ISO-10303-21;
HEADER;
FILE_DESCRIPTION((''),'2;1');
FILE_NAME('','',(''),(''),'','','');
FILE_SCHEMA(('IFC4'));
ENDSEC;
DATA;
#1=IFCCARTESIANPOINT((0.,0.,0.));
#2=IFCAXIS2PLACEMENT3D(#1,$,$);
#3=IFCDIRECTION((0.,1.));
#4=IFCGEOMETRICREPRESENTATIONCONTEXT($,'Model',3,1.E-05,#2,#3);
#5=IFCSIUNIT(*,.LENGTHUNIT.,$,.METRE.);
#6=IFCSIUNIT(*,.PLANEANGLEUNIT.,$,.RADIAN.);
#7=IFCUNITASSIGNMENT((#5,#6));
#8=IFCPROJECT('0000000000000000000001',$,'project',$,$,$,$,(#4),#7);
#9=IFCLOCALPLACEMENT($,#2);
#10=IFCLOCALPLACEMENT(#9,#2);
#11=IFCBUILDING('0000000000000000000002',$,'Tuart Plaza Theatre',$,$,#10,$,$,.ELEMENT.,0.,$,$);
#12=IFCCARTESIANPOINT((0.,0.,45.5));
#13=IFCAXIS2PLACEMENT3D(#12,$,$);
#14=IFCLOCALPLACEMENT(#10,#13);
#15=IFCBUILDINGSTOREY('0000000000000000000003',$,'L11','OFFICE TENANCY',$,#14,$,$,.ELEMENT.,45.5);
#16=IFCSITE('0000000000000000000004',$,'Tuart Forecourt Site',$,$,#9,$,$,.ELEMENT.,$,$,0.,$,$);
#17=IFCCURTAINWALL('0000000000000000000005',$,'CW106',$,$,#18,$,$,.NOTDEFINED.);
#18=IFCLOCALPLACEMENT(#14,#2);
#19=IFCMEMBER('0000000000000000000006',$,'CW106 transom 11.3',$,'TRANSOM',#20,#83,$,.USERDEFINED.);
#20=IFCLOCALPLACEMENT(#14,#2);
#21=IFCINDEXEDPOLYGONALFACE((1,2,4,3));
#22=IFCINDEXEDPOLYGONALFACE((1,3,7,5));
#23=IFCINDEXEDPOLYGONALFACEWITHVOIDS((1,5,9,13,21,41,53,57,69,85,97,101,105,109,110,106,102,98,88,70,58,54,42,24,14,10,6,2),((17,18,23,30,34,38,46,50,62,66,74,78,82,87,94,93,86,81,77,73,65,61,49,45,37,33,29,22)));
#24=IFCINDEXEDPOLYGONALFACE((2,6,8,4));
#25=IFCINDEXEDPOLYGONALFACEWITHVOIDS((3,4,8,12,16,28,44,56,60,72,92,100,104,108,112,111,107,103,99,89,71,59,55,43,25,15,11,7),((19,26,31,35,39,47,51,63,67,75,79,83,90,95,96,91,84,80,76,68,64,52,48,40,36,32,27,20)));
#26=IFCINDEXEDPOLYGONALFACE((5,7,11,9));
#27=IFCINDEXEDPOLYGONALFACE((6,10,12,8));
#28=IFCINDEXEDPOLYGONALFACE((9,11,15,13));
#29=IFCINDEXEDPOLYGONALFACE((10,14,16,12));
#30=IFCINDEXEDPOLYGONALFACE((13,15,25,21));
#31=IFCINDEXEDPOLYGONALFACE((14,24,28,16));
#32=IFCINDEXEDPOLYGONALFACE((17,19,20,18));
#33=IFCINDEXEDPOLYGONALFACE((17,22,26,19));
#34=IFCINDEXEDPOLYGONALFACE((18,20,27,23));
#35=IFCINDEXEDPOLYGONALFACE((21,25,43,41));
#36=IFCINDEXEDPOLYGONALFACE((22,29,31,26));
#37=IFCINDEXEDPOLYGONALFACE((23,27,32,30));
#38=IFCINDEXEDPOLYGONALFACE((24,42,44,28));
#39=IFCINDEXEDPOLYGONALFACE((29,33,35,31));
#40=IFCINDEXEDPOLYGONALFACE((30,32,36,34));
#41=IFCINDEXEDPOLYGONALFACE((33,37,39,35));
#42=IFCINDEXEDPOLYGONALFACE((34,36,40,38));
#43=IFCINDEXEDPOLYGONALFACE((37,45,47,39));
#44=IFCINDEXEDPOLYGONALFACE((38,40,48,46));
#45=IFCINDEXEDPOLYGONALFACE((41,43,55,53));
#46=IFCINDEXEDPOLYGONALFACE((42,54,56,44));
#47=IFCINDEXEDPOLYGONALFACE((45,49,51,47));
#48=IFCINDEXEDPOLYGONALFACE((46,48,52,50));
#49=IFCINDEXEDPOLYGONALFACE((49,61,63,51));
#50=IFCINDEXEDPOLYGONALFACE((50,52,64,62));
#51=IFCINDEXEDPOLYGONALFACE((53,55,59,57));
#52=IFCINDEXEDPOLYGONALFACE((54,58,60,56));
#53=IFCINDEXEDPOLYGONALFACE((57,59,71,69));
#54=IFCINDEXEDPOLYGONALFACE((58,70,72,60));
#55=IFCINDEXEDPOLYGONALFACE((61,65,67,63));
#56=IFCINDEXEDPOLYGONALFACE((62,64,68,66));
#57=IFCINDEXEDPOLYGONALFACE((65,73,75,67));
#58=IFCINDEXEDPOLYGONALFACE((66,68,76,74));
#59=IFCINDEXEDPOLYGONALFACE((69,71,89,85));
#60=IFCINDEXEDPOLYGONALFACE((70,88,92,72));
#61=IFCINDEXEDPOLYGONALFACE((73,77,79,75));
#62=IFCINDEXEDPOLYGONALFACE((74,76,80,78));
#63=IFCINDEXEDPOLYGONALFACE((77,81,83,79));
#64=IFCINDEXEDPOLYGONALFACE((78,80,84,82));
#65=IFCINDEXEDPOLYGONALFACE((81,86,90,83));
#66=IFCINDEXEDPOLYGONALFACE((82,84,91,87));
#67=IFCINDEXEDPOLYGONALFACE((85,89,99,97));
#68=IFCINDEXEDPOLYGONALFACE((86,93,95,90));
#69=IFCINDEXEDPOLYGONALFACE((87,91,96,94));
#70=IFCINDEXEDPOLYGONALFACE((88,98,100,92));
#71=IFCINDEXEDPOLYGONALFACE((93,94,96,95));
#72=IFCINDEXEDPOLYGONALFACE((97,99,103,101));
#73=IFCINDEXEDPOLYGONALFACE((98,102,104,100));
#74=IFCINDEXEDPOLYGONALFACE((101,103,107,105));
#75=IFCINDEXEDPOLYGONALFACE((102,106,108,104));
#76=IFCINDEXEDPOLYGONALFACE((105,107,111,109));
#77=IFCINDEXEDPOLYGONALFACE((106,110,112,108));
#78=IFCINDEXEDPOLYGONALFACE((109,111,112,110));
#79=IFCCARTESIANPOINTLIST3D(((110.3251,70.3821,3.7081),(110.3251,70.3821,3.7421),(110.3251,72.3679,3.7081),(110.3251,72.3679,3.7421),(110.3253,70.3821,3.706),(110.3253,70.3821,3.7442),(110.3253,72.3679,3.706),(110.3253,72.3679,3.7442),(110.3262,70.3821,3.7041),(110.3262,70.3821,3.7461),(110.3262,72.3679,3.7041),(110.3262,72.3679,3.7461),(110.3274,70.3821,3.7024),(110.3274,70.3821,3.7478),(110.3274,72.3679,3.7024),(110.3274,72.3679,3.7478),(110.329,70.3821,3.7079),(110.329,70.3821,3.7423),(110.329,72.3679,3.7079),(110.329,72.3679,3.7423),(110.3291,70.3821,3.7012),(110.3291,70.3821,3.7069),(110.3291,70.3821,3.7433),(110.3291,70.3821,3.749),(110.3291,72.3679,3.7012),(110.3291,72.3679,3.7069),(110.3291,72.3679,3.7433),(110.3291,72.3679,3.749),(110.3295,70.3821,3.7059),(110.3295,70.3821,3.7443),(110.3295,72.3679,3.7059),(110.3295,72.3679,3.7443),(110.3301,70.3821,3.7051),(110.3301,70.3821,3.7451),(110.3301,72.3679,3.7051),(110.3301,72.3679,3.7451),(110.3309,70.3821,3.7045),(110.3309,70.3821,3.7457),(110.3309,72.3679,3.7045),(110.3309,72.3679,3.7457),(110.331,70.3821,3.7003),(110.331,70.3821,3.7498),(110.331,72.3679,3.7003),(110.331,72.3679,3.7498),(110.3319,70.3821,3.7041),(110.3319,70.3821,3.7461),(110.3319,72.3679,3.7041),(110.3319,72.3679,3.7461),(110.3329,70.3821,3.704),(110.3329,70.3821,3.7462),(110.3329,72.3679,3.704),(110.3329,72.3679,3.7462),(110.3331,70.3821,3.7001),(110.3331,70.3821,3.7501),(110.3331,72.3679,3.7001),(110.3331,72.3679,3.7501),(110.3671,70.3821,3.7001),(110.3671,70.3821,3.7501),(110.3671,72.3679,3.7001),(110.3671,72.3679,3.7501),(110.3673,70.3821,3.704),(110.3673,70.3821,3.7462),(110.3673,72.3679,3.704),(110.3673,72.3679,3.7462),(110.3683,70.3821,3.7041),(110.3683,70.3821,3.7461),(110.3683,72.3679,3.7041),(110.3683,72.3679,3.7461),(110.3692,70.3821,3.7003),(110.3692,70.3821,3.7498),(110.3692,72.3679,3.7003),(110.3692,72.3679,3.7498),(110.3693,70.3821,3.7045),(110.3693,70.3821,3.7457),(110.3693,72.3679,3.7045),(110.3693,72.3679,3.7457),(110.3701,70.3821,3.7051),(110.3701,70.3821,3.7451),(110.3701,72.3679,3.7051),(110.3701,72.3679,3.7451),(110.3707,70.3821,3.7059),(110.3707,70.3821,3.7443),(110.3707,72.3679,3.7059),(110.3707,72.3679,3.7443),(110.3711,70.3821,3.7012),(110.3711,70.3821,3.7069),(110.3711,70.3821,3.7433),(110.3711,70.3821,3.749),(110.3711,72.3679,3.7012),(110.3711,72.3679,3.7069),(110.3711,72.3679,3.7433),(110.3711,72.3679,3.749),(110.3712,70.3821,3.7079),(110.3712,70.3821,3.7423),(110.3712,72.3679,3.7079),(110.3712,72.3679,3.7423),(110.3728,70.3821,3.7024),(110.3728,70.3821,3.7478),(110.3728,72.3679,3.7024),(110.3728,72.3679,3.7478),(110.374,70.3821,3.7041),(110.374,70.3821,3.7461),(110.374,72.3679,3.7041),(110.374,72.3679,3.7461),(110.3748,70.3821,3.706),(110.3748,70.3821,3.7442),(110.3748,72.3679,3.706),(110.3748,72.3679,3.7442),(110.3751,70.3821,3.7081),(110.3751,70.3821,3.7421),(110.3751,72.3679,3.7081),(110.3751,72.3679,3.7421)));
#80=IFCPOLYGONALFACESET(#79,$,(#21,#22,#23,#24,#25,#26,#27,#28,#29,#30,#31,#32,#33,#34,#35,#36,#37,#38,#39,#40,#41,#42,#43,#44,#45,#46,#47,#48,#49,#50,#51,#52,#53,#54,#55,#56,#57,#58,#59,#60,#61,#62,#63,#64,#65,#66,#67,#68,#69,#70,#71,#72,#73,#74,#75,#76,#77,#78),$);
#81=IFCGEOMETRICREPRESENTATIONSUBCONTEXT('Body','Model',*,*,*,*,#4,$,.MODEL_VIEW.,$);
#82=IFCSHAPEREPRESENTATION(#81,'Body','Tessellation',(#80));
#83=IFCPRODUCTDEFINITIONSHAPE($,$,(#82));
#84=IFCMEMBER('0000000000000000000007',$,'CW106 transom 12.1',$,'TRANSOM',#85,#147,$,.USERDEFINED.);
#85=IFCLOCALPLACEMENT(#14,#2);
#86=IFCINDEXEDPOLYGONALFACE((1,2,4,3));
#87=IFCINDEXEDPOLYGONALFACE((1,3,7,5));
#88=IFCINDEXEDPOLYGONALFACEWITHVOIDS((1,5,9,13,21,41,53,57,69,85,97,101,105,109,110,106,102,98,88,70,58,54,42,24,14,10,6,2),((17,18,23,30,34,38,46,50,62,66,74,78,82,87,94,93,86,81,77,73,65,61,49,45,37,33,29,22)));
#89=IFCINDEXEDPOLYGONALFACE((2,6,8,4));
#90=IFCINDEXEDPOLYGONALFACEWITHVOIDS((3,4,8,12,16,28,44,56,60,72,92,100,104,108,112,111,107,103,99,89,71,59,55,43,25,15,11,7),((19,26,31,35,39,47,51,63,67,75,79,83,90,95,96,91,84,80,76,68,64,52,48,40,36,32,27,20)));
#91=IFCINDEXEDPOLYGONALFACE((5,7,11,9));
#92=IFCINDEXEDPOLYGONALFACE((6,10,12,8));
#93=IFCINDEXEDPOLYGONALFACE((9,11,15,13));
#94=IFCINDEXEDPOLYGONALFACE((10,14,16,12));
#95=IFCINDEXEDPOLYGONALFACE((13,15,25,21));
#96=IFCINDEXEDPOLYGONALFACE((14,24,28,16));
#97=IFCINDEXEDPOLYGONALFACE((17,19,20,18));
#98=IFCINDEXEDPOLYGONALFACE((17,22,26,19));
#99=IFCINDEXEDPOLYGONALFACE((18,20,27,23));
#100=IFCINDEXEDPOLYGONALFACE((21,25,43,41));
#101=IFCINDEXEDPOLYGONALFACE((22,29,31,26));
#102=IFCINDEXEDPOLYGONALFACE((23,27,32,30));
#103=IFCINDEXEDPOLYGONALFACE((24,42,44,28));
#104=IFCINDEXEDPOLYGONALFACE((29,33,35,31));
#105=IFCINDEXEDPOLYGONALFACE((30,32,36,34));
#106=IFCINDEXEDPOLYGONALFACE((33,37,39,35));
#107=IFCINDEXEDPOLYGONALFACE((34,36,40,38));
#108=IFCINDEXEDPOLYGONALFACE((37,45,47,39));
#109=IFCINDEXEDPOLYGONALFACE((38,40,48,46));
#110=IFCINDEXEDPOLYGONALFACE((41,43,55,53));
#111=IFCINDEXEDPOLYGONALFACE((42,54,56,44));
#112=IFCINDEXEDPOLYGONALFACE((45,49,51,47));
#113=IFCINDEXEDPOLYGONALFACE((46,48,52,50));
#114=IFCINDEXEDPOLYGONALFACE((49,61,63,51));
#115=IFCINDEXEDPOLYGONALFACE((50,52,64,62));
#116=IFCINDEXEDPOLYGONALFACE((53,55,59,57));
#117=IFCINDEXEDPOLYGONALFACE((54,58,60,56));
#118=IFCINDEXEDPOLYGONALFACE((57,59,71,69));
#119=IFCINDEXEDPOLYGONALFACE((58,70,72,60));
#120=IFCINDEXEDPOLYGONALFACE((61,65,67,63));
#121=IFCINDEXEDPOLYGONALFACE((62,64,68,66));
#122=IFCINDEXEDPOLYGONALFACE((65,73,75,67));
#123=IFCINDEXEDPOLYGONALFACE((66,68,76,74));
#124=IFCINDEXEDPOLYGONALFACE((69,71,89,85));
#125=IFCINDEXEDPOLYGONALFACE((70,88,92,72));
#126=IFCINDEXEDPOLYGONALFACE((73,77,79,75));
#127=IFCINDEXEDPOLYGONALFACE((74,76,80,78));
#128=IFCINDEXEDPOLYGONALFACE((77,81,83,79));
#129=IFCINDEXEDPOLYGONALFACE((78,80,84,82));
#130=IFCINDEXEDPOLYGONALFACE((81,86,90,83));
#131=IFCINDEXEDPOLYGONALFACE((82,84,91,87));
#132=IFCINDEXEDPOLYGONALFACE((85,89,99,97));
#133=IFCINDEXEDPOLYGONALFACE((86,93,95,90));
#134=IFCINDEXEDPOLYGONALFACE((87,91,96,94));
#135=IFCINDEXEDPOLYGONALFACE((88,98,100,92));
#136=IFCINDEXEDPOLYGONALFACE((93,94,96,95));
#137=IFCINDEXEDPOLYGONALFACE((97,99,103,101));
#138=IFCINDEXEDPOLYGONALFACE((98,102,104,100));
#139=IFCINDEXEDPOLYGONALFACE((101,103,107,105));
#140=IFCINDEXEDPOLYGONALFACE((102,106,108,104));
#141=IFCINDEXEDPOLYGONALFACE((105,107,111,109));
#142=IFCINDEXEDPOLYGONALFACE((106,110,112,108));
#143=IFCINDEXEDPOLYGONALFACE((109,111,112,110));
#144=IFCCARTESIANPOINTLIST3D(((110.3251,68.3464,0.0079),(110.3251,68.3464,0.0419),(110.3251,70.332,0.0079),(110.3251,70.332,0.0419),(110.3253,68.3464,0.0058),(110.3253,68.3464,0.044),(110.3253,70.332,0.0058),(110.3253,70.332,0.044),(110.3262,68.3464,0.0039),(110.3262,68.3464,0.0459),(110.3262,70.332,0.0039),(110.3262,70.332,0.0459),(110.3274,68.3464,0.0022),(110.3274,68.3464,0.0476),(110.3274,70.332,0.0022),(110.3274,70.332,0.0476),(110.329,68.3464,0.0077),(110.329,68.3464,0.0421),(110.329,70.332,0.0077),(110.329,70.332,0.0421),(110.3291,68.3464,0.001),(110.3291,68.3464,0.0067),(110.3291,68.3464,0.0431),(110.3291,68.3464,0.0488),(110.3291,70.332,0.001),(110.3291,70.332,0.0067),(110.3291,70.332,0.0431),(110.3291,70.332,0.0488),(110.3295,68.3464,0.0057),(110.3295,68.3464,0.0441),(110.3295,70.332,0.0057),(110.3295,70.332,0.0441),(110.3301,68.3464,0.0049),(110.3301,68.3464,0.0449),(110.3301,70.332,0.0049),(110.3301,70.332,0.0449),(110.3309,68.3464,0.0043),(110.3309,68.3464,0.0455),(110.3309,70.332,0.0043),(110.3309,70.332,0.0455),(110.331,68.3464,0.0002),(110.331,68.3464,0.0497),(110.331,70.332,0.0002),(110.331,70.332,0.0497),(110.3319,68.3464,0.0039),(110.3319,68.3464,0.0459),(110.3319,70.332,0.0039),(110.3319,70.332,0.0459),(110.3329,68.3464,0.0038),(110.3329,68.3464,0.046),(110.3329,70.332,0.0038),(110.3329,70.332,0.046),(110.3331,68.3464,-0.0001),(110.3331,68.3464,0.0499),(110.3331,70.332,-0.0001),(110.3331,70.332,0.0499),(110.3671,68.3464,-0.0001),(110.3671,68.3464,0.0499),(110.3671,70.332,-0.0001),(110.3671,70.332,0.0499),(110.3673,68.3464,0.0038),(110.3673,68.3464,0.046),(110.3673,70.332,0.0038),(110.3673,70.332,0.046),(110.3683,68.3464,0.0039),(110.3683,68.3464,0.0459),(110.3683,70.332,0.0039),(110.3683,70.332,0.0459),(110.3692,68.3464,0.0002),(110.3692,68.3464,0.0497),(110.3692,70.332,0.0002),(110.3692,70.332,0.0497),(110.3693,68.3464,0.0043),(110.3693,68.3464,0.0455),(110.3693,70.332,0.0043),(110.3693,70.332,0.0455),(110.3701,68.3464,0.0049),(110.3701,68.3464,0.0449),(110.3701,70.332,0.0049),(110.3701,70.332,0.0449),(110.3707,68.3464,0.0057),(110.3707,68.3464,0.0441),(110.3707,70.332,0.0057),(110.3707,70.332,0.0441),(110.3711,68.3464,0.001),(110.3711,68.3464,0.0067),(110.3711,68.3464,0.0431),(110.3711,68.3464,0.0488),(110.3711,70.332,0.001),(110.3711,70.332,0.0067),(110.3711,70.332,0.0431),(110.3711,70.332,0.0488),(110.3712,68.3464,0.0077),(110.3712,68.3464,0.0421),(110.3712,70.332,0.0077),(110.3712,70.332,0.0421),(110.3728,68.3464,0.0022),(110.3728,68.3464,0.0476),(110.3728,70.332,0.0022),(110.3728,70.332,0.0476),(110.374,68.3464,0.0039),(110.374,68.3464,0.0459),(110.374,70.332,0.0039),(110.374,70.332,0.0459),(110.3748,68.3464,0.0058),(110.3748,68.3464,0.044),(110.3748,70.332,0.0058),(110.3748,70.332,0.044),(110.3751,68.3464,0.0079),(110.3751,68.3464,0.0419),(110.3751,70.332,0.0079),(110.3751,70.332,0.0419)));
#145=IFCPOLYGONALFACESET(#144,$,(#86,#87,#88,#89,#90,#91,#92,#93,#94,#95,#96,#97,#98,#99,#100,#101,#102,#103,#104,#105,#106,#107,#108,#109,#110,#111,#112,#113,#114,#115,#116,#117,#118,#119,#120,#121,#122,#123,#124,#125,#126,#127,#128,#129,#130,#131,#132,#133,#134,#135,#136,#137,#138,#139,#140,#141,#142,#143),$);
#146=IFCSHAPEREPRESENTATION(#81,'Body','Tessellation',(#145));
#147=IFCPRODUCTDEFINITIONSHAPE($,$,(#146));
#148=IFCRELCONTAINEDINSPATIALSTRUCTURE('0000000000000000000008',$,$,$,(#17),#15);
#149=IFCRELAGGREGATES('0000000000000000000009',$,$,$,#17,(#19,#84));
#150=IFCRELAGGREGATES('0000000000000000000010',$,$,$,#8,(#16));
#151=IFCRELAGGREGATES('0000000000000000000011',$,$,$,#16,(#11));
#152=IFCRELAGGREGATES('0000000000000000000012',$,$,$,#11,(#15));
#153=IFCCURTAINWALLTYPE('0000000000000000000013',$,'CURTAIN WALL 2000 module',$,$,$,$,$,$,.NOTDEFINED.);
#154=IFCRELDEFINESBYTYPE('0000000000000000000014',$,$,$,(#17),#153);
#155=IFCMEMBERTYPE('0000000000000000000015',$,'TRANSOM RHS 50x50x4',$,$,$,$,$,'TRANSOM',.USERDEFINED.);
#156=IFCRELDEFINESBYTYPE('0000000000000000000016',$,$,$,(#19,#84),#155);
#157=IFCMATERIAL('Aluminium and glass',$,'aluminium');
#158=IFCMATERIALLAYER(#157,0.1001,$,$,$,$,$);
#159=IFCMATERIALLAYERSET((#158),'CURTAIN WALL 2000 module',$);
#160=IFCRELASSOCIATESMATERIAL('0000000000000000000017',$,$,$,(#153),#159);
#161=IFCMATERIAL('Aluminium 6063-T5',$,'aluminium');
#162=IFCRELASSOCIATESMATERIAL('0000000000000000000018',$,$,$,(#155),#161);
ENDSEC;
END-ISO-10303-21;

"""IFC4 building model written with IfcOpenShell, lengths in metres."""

from ifc_helpers import new_model, si_unit, direction, frame, origin, origin_2d, place, context, subcontext, project, spatial, hollow_rectangle, extrude, material, layer, layer_set, material_profile, profile_set, type_object, element, aggregate, save


model = new_model("IFC4")

# Units and contexts
model_context = context("Model", 3, precision=1e-05, world=origin(), true_north=direction((0.0, 1.0)))
body_context = subcontext(model_context, "Body", "Model", "MODEL_VIEW")
ifc_project = project(units=[si_unit("LENGTHUNIT", "METRE"), si_unit("PLANEANGLEUNIT", "RADIAN")], contexts=[model_context])

# Site, building, storey
site_placement = place(None, origin())
site = spatial("IfcSite", under=ifc_project, at=site_placement, Name="Tuart Forecourt Site", CompositionType="ELEMENT", RefElevation=0.0)
building_placement = place(site_placement, origin())
building = spatial("IfcBuilding", under=site, at=building_placement, Name="Tuart Plaza Theatre", CompositionType="ELEMENT", ElevationOfRefHeight=0.0)
storey_placement = place(building_placement, frame((0.0, 0.0, 45.5)))
storey = spatial("IfcBuildingStorey", under=building, at=storey_placement, Name="L11", Description="OFFICE TENANCY", CompositionType="ELEMENT", Elevation=45.5)

# Curtain wall, members
ifc_material_1 = material(Name="Aluminium and glass", Category="aluminium")
ifc_layer_1 = layer(ifc_material_1, 0.1001)
ifc_layer_set_1 = layer_set([ifc_layer_1], Name="CURTAIN WALL 2000 module")
curtain_wall_type = type_object("IfcCurtainWallType", Name="CURTAIN WALL 2000 module", PredefinedType="NOTDEFINED", material=ifc_layer_set_1)
curtain_wall_placement = place(storey_placement, origin())
curtain_wall = element("IfcCurtainWall", 1, at=curtain_wall_placement, inside=storey, type_object=curtain_wall_type, Name="CW106", PredefinedType="NOTDEFINED")
ifc_material_2 = material(Name="Aluminium 6063-T5", Category="aluminium")
ifc_material_profile = material_profile(ifc_material_2, hollow_rectangle(XDim=0.05, YDim=0.05, WallThickness=0.0039, InnerFilletRadius=0.0039, OuterFilletRadius=0.0081, at=origin_2d()), Name="RHS 50x50x4")
ifc_profile_set = profile_set([ifc_material_profile], Name="Aluminium 6063-T5")
member_type = type_object("IfcMemberType", Name="TRANSOM RHS 50x50x4", ElementType="TRANSOM", PredefinedType="USERDEFINED", material=ifc_profile_set)
member_1_placement = place(storey_placement, frame((110.3501, 72.3679, 3.7251), z_axis=(0.0, -1.0, 0.0), x_axis=(1.0, 0.0, 0.0)))
member_1 = element("IfcMember", 2, at=member_1_placement, type_object=member_type, Name="CW106 transom 11.3", ObjectType="TRANSOM", PredefinedType="USERDEFINED", context=body_context, shape_type="SweptSolid", body=[
    extrude(hollow_rectangle(XDim=0.05, YDim=0.05, WallThickness=0.0039, InnerFilletRadius=0.0039, OuterFilletRadius=0.0081, at=origin_2d()), origin(), (0.0, 0.0, 1.0), 1.9858),
])
member_2_placement = place(storey_placement, frame((110.3501, 70.332, 0.0249), z_axis=(0.0, -1.0, 0.0), x_axis=(1.0, 0.0, 0.0)))
member_2 = element("IfcMember", 3, at=member_2_placement, type_object=member_type, Name="CW106 transom 12.1", ObjectType="TRANSOM", PredefinedType="USERDEFINED", context=body_context, shape_type="SweptSolid", body=[
    extrude(hollow_rectangle(XDim=0.05, YDim=0.05, WallThickness=0.0039, InnerFilletRadius=0.0039, OuterFilletRadius=0.0081, at=origin_2d()), origin(), (0.0, 0.0, 1.0), 1.9856),
])
aggregate(curtain_wall, [member_1, member_2])

save(model, "model.ifc")
